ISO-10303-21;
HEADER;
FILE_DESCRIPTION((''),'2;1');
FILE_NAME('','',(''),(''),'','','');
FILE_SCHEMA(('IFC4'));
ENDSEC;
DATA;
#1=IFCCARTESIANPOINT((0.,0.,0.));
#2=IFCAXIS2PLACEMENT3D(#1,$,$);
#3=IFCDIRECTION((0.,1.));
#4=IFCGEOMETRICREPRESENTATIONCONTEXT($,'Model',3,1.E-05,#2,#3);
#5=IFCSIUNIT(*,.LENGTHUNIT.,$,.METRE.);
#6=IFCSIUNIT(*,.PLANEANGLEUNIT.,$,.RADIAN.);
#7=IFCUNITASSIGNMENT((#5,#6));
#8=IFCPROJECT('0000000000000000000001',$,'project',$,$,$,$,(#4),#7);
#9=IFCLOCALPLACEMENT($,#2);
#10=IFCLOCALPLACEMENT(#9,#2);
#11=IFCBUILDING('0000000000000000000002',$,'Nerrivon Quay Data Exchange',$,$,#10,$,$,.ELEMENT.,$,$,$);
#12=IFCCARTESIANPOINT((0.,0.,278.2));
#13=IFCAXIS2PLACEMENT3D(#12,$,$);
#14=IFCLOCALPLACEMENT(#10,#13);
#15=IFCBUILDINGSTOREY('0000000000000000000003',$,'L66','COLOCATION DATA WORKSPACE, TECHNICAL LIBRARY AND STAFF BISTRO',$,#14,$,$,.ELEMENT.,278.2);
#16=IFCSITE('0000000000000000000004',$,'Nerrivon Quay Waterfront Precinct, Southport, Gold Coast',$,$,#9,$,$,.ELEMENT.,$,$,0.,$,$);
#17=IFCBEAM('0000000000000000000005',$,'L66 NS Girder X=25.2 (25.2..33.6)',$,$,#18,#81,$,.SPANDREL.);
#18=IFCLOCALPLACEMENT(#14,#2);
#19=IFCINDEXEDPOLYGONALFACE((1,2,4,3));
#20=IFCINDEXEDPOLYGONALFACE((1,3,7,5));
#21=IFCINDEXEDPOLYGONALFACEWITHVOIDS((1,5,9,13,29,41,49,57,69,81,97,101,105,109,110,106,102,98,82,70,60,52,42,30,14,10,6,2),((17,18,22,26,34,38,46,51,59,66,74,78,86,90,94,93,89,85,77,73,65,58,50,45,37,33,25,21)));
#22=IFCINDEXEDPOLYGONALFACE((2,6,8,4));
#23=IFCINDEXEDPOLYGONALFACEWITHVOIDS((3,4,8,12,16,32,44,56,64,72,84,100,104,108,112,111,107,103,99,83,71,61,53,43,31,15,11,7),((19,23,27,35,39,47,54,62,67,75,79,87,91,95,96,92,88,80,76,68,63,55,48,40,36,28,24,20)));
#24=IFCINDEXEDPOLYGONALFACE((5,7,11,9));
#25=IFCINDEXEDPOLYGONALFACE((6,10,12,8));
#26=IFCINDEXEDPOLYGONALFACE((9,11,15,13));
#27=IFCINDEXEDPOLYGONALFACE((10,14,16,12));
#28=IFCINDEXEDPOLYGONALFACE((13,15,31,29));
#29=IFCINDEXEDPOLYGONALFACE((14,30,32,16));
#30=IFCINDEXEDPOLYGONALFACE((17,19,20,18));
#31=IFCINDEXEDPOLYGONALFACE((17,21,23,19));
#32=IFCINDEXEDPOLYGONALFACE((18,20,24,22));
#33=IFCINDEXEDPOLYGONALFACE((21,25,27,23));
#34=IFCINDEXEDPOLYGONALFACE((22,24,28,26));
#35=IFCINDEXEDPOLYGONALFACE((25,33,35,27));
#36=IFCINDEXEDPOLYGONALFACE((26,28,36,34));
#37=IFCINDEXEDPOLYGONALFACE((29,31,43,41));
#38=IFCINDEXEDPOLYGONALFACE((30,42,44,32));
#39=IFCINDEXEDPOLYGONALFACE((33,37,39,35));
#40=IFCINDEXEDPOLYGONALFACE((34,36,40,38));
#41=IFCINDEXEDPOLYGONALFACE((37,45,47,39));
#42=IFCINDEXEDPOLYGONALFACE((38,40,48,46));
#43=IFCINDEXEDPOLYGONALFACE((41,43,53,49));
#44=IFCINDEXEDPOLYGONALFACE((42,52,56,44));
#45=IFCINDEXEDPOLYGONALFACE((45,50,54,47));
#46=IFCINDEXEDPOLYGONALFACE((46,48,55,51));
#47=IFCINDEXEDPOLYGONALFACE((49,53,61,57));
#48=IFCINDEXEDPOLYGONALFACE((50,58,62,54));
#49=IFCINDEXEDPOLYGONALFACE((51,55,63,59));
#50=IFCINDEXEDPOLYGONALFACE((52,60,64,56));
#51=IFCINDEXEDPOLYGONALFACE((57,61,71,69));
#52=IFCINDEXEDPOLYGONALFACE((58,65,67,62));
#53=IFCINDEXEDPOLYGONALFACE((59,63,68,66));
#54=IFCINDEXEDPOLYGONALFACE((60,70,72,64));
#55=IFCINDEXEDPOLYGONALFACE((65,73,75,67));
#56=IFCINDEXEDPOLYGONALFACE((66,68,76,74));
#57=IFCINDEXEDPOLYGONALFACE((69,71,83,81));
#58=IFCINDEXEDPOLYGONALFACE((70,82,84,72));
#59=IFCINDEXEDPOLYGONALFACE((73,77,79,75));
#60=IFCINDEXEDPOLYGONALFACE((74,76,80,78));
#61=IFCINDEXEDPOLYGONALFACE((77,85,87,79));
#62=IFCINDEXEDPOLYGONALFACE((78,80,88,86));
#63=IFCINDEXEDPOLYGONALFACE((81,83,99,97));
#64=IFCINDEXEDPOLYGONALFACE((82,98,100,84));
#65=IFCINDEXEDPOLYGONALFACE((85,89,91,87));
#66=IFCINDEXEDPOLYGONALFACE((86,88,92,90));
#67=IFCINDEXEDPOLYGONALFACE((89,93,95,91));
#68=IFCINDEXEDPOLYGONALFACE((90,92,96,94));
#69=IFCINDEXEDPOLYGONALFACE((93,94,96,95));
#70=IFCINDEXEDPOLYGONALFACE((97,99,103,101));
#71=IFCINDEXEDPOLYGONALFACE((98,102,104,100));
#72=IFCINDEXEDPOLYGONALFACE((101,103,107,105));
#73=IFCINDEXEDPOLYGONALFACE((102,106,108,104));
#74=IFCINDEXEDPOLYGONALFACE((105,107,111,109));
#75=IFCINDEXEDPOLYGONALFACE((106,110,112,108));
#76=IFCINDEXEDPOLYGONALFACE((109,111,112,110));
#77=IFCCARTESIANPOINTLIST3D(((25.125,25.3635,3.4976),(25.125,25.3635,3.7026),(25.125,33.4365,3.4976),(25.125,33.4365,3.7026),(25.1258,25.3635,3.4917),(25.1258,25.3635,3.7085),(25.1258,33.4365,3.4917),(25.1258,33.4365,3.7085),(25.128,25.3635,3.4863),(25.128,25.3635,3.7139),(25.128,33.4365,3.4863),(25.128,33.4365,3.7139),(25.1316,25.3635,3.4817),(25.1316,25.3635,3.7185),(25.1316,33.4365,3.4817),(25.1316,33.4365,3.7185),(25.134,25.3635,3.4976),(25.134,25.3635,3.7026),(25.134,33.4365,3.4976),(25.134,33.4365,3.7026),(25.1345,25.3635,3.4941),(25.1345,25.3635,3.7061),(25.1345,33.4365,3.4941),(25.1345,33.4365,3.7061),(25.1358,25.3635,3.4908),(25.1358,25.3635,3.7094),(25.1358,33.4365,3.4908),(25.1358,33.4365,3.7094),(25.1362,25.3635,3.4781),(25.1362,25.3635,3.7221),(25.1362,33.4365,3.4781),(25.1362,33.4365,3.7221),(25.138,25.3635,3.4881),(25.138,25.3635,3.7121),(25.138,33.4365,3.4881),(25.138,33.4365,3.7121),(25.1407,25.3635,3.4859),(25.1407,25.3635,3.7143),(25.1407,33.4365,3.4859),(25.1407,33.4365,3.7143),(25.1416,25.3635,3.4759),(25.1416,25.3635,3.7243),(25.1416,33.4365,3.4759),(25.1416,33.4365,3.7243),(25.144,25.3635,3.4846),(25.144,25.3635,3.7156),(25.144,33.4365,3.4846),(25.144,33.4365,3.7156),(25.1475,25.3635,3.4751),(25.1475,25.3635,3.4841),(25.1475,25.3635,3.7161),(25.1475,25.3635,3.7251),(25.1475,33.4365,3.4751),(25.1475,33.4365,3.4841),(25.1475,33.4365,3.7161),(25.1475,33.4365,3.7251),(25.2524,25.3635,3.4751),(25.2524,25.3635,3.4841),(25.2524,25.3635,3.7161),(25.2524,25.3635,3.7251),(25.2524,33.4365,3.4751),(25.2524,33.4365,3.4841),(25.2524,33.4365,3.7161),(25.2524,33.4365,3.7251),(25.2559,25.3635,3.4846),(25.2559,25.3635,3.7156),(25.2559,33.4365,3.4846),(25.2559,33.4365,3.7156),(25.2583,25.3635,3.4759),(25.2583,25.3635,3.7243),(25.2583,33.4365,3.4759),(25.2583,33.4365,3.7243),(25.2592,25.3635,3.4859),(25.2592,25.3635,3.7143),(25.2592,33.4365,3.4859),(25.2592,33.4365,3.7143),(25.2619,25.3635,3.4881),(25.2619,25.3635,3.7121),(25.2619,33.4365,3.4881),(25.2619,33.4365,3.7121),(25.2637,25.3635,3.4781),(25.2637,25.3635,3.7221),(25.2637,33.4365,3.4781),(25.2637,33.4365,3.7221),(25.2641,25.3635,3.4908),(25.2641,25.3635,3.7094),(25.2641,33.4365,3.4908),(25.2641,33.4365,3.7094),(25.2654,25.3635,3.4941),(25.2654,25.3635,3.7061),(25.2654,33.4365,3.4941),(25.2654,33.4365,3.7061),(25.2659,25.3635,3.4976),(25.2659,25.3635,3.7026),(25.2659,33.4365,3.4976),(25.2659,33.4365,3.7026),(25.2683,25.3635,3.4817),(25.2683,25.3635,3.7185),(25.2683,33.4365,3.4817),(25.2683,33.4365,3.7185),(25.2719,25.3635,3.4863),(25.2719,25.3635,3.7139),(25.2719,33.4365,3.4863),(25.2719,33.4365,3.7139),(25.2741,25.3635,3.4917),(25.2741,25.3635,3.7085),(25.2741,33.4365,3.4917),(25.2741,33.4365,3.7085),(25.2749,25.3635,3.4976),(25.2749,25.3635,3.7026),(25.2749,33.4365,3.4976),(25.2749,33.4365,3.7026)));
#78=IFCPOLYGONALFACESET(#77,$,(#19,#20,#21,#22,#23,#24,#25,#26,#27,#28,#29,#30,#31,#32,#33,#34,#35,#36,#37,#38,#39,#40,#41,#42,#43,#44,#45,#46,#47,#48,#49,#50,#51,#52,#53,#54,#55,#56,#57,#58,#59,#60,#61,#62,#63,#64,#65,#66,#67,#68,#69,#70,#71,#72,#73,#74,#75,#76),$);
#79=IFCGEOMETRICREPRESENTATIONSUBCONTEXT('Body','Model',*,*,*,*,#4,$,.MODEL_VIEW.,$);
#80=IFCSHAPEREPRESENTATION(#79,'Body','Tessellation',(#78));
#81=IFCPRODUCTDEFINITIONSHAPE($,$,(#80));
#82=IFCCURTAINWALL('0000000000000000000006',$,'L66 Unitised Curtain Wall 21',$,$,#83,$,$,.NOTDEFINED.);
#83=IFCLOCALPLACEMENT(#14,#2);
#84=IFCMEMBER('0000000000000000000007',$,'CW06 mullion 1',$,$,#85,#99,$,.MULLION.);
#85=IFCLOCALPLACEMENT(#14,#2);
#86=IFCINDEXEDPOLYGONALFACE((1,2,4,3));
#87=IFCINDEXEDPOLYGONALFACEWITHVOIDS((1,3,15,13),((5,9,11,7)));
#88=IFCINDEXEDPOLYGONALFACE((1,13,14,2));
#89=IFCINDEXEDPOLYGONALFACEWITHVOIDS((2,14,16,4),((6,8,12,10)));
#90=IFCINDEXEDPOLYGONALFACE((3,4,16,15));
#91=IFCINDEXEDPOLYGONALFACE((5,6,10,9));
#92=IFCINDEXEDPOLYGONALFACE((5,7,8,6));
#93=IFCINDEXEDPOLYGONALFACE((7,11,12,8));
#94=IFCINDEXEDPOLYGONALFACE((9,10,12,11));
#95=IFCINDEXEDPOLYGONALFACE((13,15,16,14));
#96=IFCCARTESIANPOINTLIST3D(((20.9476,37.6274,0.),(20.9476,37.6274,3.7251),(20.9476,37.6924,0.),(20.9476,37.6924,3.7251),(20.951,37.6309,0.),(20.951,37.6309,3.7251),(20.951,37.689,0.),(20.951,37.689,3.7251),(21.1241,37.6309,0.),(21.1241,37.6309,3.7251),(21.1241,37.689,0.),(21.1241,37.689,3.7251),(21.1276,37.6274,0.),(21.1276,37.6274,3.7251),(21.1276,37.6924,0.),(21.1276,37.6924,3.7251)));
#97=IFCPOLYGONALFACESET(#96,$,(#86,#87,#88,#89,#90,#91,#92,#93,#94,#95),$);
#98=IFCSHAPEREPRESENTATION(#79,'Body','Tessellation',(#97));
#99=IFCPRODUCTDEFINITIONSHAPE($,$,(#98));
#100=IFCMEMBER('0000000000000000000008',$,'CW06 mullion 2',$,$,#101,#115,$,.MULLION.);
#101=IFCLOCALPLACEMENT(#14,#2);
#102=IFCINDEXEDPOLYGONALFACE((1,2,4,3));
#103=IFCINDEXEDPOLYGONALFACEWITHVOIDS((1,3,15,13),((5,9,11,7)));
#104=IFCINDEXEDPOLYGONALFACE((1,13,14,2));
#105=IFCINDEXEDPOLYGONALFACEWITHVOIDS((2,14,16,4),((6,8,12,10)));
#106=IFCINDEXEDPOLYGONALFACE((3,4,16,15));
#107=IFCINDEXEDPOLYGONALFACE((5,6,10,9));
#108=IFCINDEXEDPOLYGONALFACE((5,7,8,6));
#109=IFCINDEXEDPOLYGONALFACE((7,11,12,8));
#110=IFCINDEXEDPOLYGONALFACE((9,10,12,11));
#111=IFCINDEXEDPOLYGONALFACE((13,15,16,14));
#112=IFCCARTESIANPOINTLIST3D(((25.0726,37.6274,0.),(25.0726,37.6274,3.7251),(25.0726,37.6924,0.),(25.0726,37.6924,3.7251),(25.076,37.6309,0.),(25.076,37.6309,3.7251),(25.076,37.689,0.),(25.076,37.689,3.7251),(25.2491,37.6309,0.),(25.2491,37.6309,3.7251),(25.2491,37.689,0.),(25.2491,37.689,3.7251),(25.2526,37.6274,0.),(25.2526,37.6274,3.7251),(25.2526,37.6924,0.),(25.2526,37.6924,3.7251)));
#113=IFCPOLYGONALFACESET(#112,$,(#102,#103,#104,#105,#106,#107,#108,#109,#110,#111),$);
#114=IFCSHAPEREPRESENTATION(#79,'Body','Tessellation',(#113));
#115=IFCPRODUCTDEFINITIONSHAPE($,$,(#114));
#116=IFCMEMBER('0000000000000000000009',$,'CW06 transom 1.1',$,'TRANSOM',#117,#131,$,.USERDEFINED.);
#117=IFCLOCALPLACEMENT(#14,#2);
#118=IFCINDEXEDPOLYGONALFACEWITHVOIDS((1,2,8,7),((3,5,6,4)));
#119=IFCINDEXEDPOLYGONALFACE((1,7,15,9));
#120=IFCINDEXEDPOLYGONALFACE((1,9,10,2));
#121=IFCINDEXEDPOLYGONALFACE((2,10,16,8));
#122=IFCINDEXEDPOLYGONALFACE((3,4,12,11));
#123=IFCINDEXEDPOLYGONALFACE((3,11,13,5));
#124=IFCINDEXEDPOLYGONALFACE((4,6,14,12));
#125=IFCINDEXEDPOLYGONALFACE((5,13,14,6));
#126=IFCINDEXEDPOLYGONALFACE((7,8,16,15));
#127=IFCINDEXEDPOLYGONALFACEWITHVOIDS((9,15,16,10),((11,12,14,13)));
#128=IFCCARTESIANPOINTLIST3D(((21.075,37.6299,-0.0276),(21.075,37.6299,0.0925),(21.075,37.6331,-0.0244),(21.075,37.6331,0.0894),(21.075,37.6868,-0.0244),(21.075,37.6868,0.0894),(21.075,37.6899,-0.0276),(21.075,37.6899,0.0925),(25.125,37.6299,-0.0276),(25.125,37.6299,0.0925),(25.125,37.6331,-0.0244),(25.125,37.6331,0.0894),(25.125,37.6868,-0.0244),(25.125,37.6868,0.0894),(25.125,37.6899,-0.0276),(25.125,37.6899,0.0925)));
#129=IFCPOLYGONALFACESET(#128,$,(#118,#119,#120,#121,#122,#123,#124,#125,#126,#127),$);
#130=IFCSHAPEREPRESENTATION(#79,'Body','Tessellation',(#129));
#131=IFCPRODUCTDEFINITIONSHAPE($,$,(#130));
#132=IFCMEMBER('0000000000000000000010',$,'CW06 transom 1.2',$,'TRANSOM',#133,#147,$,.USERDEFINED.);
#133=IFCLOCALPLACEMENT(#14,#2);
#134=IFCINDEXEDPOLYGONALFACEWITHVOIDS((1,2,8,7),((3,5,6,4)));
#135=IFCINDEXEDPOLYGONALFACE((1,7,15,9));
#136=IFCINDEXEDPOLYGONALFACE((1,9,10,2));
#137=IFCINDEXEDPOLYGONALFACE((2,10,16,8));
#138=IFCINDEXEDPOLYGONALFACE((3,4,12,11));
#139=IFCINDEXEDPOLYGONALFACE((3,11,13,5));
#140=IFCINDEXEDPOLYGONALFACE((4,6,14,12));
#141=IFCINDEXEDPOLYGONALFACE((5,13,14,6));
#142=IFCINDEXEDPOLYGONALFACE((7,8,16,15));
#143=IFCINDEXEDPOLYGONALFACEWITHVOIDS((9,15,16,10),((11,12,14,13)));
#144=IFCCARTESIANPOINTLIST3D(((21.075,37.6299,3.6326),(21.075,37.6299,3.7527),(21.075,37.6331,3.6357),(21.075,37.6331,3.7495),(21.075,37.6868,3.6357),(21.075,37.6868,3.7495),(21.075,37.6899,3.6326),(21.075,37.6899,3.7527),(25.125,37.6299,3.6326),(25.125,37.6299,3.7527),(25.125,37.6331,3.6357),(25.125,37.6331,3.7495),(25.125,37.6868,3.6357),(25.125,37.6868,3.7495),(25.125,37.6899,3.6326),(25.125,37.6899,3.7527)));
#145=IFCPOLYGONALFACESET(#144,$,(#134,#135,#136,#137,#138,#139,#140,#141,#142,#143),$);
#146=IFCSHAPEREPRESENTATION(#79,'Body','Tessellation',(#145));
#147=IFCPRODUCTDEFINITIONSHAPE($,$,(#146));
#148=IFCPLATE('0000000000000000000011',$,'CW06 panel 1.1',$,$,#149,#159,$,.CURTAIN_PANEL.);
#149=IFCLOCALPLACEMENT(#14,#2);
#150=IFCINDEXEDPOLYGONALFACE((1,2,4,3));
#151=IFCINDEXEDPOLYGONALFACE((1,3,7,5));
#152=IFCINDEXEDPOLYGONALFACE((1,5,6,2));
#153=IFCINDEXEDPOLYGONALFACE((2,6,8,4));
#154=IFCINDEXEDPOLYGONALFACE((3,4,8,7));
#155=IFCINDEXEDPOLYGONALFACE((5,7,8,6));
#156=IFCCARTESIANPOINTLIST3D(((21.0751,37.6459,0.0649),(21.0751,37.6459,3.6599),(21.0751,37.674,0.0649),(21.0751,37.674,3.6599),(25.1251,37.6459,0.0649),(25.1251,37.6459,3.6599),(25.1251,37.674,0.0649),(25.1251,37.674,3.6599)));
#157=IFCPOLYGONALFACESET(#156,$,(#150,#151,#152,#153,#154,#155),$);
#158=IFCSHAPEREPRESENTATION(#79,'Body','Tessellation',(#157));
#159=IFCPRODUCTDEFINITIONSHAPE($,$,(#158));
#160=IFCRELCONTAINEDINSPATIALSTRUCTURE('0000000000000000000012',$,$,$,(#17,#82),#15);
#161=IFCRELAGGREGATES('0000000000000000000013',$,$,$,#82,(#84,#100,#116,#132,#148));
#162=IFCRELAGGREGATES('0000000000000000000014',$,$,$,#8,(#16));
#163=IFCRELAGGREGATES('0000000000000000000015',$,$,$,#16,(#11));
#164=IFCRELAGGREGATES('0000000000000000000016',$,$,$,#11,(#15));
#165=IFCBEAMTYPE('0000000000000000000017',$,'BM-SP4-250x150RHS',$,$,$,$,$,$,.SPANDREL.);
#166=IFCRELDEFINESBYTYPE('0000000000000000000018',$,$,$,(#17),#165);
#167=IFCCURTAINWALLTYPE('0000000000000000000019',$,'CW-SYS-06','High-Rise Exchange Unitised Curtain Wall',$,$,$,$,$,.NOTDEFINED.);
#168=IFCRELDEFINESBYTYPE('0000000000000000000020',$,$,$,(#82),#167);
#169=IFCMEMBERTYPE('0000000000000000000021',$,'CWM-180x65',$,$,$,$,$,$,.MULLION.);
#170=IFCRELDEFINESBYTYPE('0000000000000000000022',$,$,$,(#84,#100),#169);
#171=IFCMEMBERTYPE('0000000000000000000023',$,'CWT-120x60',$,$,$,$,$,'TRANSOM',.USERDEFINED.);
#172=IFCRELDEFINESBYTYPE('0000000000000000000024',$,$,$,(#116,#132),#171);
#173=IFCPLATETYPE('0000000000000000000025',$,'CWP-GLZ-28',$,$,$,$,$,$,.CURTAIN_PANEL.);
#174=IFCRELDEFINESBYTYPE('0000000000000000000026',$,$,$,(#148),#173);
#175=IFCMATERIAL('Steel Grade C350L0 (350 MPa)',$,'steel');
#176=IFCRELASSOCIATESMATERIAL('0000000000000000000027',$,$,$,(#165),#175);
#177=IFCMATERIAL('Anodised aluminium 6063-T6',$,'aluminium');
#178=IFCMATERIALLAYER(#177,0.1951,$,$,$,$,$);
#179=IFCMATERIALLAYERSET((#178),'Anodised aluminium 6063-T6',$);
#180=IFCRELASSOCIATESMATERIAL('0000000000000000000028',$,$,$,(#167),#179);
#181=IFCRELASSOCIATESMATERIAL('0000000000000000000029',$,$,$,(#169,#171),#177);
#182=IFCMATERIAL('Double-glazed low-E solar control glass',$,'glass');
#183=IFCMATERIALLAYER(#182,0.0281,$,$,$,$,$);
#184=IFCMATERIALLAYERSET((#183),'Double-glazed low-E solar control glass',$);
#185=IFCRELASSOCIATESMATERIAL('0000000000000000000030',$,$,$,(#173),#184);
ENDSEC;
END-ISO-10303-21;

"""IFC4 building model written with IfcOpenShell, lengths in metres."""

from ifc_helpers import new_model, si_unit, direction, frame, origin, origin_2d, place, context, subcontext, project, spatial, rectangle, hollow_rectangle, extrude, material, layer, layer_set, material_profile, profile_set, type_object, element, aggregate, save


model = new_model("IFC4")

# Units and contexts
model_context = context("Model", 3, precision=1e-05, world=origin(), true_north=direction((0.0, 1.0)))
body_context = subcontext(model_context, "Body", "Model", "MODEL_VIEW")
ifc_project = project(units=[si_unit("LENGTHUNIT", "METRE"), si_unit("PLANEANGLEUNIT", "RADIAN")], contexts=[model_context])

# Site, building, storey
site_placement = place(None, origin())
site = spatial("IfcSite", under=ifc_project, at=site_placement, Name="Nerrivon Quay Waterfront Precinct, Southport, Gold Coast", CompositionType="ELEMENT", RefElevation=0.0)
building_placement = place(site_placement, origin())
building = spatial("IfcBuilding", under=site, at=building_placement, Name="Nerrivon Quay Data Exchange", CompositionType="ELEMENT")
storey_placement = place(building_placement, frame((0.0, 0.0, 278.2)))
storey = spatial("IfcBuildingStorey", under=building, at=storey_placement, Name="L66", Description="COLOCATION DATA WORKSPACE, TECHNICAL LIBRARY AND STAFF BISTRO", CompositionType="ELEMENT", Elevation=278.2)

# Beam
ifc_material_1 = material(Name="Steel Grade C350L0 (350 MPa)", Category="steel")
ifc_material_profile_1 = material_profile(ifc_material_1, hollow_rectangle(XDim=0.1499, YDim=0.25, WallThickness=0.009, InnerFilletRadius=0.0134, OuterFilletRadius=0.0225, at=origin_2d()), Name="250x150x9.0RHS")
ifc_profile_set_1 = profile_set([ifc_material_profile_1], Name="Steel Grade C350L0 (350 MPa)")
beam_type_1 = type_object("IfcBeamType", Name="BM-SP4-250x150RHS", PredefinedType="SPANDREL", material=ifc_profile_set_1)
beam_1_placement = place(storey_placement, frame((25.2, 25.3635, 3.6001), z_axis=(0.0, 1.0, 0.0), x_axis=(-1.0, 0.0, 0.0)))
element("IfcBeam", 1, at=beam_1_placement, inside=storey, type_object=beam_type_1, Name="L66 NS Girder X=25.2 (25.2..33.6)", PredefinedType="SPANDREL", context=body_context, shape_type="SweptSolid", body=[
    extrude(hollow_rectangle(XDim=0.1499, YDim=0.25, WallThickness=0.009, InnerFilletRadius=0.0134, OuterFilletRadius=0.0225, at=origin_2d()), origin(), (0.0, 0.0, 1.0), 8.073),
])

# Curtain wall, members, plate
ifc_material_2 = material(Name="Anodised aluminium 6063-T6", Category="aluminium")
ifc_layer_1 = layer(ifc_material_2, 0.1951)
ifc_layer_set_1 = layer_set([ifc_layer_1], Name="Anodised aluminium 6063-T6")
curtain_wall_type = type_object("IfcCurtainWallType", Name="CW-SYS-06", Description="High-Rise Exchange Unitised Curtain Wall", PredefinedType="NOTDEFINED", material=ifc_layer_set_1)
curtain_wall_placement = place(storey_placement, origin())
curtain_wall = element("IfcCurtainWall", 2, at=curtain_wall_placement, inside=storey, type_object=curtain_wall_type, Name="L66 Unitised Curtain Wall 21", PredefinedType="NOTDEFINED")
ifc_material_profile_2 = material_profile(ifc_material_2, hollow_rectangle(XDim=0.0649, YDim=0.1799, WallThickness=0.0034, at=origin_2d()), Name="ALU-MULL-180x65")
ifc_profile_set_2 = profile_set([ifc_material_profile_2], Name="Anodised aluminium 6063-T6")
member_type_1 = type_object("IfcMemberType", Name="CWM-180x65", PredefinedType="MULLION", material=ifc_profile_set_2)
member_1_placement = place(storey_placement, frame((21.0376, 37.6599, 0.0), z_axis=(0.0, 0.0, 1.0), x_axis=(0.0, 1.0, 0.0)))
member_1 = element("IfcMember", 3, at=member_1_placement, type_object=member_type_1, Name="CW06 mullion 1", PredefinedType="MULLION", context=body_context, shape_type="SweptSolid", body=[
    extrude(hollow_rectangle(XDim=0.0649, YDim=0.1799, WallThickness=0.0034, at=origin_2d()), origin(), (0.0, 0.0, 1.0), 3.7251),
])
member_2_placement = place(storey_placement, frame((25.1626, 37.6599, 0.0), z_axis=(0.0, 0.0, 1.0), x_axis=(0.0, 1.0, 0.0)))
member_2 = element("IfcMember", 4, at=member_2_placement, type_object=member_type_1, Name="CW06 mullion 2", PredefinedType="MULLION", context=body_context, shape_type="SweptSolid", body=[
    extrude(hollow_rectangle(XDim=0.0649, YDim=0.1799, WallThickness=0.0034, at=origin_2d()), origin(), (0.0, 0.0, 1.0), 3.7251),
])
ifc_material_profile_3 = material_profile(ifc_material_2, hollow_rectangle(XDim=0.0601, YDim=0.1201, WallThickness=0.0032, at=origin_2d()), Name="ALU-TRAN-120x60")
ifc_profile_set_3 = profile_set([ifc_material_profile_3], Name="Anodised aluminium 6063-T6")
member_type_2 = type_object("IfcMemberType", Name="CWT-120x60", ElementType="TRANSOM", PredefinedType="USERDEFINED", material=ifc_profile_set_3)
member_3_placement = place(storey_placement, frame((21.075, 37.6599, 0.0325), z_axis=(1.0, 0.0, 0.0), x_axis=(0.0, 1.0, 0.0)))
member_3 = element("IfcMember", 5, at=member_3_placement, type_object=member_type_2, Name="CW06 transom 1.1", ObjectType="TRANSOM", PredefinedType="USERDEFINED", context=body_context, shape_type="SweptSolid", body=[
    extrude(hollow_rectangle(XDim=0.0601, YDim=0.1201, WallThickness=0.0032, at=origin_2d()), origin(), (0.0, 0.0, 1.0), 4.05),
])
member_4_placement = place(storey_placement, frame((21.075, 37.6599, 3.6926), z_axis=(1.0, 0.0, 0.0), x_axis=(0.0, 1.0, 0.0)))
member_4 = element("IfcMember", 6, at=member_4_placement, type_object=member_type_2, Name="CW06 transom 1.2", ObjectType="TRANSOM", PredefinedType="USERDEFINED", context=body_context, shape_type="SweptSolid", body=[
    extrude(hollow_rectangle(XDim=0.0601, YDim=0.1201, WallThickness=0.0032, at=origin_2d()), origin(), (0.0, 0.0, 1.0), 4.05),
])
ifc_material_3 = material(Name="Double-glazed low-E solar control glass", Category="glass")
ifc_layer_2 = layer(ifc_material_3, 0.0281)
ifc_layer_set_2 = layer_set([ifc_layer_2], Name="Double-glazed low-E solar control glass")
plate_type = type_object("IfcPlateType", Name="CWP-GLZ-28", PredefinedType="CURTAIN_PANEL", material=ifc_layer_set_2)
plate_placement = place(storey_placement, frame((23.1001, 37.6599, 0.0649), z_axis=(0.0, 0.0, 1.0), x_axis=(1.0, 0.0, 0.0)))
plate = element("IfcPlate", 7, at=plate_placement, type_object=plate_type, Name="CW06 panel 1.1", PredefinedType="CURTAIN_PANEL", context=body_context, shape_type="SweptSolid", body=[
    extrude(rectangle(XDim=4.05, YDim=0.0281, at=origin_2d()), origin(), (0.0, 0.0, 1.0), 3.595),
])
aggregate(curtain_wall, [member_1, member_2, member_3, member_4, plate])

save(model, "model.ifc")
